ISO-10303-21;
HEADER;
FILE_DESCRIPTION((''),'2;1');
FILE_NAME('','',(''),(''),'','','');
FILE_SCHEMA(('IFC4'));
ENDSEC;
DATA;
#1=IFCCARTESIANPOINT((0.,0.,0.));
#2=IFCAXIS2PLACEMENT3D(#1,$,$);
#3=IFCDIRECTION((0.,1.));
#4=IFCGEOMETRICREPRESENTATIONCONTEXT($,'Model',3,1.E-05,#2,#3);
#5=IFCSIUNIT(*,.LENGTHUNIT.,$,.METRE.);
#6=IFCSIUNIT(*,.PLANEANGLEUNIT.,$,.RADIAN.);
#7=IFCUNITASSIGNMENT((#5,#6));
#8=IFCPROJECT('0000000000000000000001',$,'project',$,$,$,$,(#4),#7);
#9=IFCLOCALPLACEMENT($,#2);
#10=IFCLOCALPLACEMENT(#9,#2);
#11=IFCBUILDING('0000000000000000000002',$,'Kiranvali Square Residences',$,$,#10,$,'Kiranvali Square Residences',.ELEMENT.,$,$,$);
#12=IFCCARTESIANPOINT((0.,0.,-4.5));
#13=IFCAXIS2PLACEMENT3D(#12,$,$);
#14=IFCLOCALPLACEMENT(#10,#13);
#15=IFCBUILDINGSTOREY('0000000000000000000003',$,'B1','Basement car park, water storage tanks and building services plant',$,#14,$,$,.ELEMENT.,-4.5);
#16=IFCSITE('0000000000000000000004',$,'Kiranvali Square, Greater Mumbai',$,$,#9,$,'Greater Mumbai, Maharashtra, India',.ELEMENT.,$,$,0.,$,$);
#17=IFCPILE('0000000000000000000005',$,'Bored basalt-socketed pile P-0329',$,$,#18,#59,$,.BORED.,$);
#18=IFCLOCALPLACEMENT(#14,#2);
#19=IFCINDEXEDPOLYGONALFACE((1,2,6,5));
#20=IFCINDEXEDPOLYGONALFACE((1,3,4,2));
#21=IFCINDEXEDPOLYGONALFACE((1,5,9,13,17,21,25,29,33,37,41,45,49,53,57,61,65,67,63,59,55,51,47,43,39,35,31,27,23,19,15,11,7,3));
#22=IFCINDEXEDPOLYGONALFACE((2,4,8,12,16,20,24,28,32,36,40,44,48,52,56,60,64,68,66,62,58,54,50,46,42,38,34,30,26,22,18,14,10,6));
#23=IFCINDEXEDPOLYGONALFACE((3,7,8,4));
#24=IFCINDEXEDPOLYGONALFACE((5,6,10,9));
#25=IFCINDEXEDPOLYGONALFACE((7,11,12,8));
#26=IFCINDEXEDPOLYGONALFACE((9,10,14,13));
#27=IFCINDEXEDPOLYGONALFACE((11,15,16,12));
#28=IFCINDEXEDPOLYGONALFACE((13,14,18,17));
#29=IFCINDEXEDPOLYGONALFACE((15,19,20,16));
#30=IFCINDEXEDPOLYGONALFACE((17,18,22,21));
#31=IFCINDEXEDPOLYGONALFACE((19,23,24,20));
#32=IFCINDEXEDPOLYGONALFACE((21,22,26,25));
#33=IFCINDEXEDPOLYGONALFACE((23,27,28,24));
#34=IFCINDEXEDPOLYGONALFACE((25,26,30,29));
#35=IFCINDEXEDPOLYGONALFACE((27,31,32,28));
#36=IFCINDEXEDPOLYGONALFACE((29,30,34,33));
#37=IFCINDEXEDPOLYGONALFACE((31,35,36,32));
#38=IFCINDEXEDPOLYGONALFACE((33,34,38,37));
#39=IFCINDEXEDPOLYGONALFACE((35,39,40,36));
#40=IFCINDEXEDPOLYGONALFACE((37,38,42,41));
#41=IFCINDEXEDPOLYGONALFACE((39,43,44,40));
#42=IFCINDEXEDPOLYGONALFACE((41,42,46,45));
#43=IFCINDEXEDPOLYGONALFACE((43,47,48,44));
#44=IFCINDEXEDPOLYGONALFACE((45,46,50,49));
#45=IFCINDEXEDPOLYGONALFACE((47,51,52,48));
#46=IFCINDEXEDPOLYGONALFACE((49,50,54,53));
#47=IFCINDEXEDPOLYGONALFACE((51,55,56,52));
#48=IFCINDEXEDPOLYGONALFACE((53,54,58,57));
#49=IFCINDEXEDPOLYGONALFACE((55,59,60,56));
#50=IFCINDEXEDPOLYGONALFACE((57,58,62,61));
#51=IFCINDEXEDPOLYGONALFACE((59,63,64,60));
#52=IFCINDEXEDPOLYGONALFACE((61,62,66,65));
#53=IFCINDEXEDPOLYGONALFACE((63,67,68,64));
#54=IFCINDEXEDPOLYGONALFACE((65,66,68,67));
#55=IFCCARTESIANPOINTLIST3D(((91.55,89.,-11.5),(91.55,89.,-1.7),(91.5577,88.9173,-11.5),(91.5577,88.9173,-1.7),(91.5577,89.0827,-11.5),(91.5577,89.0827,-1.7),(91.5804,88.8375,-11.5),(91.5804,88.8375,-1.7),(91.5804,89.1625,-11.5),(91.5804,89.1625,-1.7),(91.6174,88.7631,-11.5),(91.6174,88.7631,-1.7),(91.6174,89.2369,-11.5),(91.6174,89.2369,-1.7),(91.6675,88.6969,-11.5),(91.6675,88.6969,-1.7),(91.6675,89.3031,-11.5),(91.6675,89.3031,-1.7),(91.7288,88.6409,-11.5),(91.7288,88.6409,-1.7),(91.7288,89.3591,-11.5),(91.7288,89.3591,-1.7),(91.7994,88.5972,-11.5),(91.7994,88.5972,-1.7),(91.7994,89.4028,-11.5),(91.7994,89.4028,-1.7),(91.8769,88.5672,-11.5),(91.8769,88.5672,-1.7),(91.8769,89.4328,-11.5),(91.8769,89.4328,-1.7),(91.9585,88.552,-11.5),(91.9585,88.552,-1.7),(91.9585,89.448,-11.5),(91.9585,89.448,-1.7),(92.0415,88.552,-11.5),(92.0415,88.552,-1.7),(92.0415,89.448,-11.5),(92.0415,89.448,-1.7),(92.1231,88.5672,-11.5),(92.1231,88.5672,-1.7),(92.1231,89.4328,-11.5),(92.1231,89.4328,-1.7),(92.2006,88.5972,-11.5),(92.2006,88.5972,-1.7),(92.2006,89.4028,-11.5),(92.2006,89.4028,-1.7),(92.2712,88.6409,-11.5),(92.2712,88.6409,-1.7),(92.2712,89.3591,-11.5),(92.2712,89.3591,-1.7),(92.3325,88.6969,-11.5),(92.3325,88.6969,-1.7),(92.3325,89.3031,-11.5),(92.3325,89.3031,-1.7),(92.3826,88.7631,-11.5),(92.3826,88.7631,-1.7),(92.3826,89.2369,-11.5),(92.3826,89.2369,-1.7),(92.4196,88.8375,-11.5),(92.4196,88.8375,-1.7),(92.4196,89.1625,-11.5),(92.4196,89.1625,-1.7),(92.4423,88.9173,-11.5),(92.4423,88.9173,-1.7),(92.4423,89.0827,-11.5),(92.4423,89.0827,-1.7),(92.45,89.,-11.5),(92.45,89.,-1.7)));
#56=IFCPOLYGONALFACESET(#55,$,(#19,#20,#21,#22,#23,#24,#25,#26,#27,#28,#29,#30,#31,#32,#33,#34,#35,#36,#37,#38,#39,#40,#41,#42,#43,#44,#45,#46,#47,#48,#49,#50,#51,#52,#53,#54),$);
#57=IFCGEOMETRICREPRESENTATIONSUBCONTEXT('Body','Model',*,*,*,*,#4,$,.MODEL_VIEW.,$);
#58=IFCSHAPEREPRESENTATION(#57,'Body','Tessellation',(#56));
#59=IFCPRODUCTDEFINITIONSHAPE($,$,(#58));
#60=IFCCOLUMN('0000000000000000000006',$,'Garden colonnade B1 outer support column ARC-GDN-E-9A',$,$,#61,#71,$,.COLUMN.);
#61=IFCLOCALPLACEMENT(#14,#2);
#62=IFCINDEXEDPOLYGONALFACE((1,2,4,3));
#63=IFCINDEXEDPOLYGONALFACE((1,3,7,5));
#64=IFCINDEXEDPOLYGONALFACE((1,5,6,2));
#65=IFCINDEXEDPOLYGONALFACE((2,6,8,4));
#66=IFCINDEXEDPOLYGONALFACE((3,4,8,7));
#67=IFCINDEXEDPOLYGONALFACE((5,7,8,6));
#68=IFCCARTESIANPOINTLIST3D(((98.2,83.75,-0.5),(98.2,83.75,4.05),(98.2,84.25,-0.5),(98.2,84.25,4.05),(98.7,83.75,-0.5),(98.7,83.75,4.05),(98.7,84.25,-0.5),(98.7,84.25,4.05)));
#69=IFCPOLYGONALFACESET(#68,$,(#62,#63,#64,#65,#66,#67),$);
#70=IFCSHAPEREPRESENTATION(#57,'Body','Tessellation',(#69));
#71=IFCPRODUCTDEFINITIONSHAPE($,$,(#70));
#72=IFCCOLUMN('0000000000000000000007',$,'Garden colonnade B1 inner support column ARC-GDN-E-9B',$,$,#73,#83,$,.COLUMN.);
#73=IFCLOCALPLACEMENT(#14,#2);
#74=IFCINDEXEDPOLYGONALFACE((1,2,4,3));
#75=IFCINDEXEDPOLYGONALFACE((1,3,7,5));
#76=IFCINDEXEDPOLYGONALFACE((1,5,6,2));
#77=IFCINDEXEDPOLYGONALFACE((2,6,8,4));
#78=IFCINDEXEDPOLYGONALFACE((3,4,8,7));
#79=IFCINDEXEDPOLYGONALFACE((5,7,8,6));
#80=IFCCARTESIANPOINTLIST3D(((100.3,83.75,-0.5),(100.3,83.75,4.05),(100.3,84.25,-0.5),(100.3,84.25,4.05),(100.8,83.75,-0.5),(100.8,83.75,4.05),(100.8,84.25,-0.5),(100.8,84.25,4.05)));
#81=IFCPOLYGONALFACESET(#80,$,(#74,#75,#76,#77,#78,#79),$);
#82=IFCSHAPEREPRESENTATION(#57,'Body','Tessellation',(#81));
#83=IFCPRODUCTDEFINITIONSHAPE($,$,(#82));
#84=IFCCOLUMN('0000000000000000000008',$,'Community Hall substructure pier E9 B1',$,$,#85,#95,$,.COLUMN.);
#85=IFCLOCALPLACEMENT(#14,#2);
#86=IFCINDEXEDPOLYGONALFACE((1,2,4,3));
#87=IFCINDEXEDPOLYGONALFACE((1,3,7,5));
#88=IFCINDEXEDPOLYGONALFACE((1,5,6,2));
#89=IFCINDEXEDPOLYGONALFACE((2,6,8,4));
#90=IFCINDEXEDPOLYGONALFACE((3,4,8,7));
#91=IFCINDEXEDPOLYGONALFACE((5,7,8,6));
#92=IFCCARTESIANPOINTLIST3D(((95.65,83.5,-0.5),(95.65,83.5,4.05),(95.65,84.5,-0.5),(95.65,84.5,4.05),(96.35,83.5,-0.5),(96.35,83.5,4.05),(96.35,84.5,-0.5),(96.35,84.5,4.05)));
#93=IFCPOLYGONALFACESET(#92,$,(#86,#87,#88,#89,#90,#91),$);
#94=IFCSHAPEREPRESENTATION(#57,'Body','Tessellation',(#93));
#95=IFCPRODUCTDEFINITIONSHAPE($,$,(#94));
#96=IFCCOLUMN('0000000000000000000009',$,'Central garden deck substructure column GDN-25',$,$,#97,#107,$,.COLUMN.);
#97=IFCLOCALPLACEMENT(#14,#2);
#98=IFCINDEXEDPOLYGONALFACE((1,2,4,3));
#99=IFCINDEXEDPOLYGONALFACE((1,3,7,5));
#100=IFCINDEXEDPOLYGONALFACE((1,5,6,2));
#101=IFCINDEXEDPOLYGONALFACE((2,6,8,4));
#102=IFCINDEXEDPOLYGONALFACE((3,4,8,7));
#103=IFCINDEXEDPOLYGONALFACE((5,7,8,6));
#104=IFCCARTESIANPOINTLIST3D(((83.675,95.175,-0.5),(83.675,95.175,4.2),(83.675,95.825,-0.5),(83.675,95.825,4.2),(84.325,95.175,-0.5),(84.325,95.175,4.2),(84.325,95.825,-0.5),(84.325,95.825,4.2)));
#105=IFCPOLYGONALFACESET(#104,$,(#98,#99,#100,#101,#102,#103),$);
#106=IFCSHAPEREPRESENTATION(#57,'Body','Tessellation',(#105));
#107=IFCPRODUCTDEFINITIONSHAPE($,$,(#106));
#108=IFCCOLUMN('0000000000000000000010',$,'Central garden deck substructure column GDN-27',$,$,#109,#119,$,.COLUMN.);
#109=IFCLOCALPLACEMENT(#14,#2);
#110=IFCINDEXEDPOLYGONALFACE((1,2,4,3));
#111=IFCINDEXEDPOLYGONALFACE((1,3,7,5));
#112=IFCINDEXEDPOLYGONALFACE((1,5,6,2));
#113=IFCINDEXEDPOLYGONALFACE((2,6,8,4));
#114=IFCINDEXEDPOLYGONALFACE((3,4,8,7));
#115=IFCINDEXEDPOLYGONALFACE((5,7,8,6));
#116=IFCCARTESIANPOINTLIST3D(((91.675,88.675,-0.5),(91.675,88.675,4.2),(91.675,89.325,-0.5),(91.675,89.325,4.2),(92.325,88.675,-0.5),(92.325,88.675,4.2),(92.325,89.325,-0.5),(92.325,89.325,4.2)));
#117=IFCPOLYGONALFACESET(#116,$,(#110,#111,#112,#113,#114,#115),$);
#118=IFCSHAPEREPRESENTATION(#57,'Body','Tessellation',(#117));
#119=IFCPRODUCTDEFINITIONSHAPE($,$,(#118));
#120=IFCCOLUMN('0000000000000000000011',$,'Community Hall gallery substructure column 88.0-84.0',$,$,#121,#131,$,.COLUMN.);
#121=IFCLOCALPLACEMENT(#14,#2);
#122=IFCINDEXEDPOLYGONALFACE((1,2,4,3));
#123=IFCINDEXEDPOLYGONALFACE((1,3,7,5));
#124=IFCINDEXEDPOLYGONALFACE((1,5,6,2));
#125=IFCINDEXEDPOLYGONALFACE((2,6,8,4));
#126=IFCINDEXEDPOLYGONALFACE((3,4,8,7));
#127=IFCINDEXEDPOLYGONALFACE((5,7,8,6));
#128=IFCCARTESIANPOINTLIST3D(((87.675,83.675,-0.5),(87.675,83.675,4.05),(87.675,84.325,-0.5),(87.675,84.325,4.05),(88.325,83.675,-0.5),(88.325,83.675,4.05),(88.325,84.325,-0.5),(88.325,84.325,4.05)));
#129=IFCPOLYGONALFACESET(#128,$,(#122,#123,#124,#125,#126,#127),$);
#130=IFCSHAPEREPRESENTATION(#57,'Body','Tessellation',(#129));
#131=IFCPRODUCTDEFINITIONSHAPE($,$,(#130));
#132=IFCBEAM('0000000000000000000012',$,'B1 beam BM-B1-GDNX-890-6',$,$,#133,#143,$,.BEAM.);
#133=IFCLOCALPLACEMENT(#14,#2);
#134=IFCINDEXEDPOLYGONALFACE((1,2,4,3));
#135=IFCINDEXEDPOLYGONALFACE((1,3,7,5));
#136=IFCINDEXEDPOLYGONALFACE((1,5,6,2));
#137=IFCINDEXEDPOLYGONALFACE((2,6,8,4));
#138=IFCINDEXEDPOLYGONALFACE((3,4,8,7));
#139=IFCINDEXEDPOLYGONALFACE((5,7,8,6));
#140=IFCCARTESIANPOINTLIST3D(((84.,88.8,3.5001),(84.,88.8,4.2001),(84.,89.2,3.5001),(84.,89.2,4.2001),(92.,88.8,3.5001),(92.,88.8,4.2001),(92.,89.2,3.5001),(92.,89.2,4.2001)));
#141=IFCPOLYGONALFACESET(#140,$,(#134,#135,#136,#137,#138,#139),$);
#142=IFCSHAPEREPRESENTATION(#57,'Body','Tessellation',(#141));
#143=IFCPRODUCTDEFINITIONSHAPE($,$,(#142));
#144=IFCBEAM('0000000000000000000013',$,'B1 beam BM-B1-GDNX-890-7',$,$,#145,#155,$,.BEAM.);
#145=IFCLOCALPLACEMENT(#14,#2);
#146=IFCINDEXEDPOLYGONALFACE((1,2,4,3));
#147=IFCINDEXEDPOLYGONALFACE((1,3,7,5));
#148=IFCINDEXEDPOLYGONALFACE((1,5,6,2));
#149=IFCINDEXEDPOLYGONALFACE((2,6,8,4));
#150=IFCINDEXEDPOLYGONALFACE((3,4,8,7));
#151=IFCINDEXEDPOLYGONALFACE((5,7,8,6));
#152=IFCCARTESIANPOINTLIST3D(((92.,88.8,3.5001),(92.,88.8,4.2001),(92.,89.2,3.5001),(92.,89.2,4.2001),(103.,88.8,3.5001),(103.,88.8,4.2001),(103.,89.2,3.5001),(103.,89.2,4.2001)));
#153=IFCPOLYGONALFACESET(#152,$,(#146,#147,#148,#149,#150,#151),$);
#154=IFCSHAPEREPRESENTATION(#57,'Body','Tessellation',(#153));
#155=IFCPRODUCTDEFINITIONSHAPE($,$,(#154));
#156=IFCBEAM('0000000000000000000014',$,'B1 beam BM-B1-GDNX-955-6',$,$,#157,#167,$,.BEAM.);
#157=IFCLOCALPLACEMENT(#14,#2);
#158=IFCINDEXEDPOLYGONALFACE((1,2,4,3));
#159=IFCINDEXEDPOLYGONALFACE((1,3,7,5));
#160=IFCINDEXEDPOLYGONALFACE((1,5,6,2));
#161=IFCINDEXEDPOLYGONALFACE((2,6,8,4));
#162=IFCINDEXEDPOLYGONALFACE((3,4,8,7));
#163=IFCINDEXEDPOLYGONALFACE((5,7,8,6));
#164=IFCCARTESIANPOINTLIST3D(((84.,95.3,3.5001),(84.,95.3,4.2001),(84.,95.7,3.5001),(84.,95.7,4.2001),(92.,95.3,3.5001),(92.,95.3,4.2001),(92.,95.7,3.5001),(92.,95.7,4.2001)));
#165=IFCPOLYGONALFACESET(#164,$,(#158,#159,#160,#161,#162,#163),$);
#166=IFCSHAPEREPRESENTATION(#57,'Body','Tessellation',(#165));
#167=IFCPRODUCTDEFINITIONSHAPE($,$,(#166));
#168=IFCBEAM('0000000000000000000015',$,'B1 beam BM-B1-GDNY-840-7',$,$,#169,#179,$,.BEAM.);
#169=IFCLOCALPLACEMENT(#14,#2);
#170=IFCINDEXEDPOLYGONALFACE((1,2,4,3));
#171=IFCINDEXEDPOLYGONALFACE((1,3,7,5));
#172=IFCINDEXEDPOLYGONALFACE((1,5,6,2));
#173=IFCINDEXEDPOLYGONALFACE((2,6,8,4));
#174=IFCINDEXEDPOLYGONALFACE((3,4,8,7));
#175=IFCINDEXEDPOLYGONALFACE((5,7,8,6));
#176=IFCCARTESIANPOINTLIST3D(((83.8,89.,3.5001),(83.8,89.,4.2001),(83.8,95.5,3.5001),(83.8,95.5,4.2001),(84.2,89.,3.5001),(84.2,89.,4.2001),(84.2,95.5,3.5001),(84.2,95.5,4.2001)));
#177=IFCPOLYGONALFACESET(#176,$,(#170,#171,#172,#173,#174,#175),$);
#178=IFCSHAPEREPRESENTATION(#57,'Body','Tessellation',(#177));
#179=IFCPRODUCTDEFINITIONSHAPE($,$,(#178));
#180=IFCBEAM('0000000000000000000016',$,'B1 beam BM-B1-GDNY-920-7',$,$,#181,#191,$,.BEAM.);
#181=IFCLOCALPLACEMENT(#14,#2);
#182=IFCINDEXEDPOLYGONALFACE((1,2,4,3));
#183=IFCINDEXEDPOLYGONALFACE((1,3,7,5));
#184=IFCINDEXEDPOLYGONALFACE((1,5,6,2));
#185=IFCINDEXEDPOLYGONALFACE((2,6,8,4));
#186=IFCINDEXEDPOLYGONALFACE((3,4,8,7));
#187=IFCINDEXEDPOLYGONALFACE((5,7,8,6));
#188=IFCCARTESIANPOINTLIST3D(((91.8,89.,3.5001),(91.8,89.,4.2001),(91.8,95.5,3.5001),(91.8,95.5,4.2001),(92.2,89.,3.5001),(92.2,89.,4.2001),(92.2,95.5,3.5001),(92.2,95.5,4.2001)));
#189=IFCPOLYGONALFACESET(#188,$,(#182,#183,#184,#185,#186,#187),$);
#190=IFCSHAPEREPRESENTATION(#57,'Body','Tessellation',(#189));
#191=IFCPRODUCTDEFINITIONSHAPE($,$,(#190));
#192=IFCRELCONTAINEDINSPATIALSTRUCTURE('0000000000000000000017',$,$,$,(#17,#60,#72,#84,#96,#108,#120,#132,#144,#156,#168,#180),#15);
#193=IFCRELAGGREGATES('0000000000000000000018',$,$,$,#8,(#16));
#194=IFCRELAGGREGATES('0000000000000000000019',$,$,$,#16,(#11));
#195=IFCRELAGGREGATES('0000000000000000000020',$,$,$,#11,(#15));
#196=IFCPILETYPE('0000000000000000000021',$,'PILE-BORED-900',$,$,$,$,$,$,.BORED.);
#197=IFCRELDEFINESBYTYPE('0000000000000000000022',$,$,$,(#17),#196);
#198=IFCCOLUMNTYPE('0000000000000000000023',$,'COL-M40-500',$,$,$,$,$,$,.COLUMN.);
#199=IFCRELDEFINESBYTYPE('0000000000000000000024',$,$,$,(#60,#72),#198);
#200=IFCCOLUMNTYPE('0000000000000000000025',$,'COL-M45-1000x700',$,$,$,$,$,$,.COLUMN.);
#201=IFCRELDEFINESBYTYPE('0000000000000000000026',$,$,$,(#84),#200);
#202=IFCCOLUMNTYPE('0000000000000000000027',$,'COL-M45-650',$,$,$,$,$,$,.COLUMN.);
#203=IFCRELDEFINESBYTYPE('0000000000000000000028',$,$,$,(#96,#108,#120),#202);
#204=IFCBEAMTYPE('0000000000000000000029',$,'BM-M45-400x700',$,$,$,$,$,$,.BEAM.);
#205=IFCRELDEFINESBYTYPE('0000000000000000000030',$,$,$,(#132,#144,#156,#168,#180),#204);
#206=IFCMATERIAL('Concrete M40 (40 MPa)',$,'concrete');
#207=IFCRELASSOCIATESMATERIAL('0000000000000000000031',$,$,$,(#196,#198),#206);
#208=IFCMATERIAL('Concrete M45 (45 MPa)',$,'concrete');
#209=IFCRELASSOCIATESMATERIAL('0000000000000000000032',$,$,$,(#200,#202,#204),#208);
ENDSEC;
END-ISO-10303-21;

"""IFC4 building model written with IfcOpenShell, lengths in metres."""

from ifc_helpers import new_model, si_unit, direction, frame, origin, origin_2d, place, context, subcontext, project, spatial, rectangle, circle, extrude, material, material_profile, profile_set, type_object, element, save


model = new_model("IFC4")

# Units and contexts
model_context = context("Model", 3, precision=1e-05, world=origin(), true_north=direction((0.0, 1.0)))
body_context = subcontext(model_context, "Body", "Model", "MODEL_VIEW")
ifc_project = project(units=[si_unit("LENGTHUNIT", "METRE"), si_unit("PLANEANGLEUNIT", "RADIAN")], contexts=[model_context])

# Site, building, storey
site_placement = place(None, origin())
site = spatial("IfcSite", under=ifc_project, at=site_placement, Name="Kiranvali Square, Greater Mumbai", LongName="Greater Mumbai, Maharashtra, India", CompositionType="ELEMENT", RefElevation=0.0)
building_placement = place(site_placement, origin())
building = spatial("IfcBuilding", under=site, at=building_placement, Name="Kiranvali Square Residences", LongName="Kiranvali Square Residences", CompositionType="ELEMENT")
storey_placement = place(building_placement, frame((0.0, 0.0, -4.5)))
storey = spatial("IfcBuildingStorey", under=building, at=storey_placement, Name="B1", Description="Basement car park, water storage tanks and building services plant", CompositionType="ELEMENT", Elevation=-4.5)

# Shared definitions
ifc_material_1 = material(Name="Concrete M40 (40 MPa)", Category="concrete")

# Pile
ifc_material_profile_1 = material_profile(ifc_material_1, circle(Radius=0.45, at=origin_2d()), Name="BORED PILE 900")
ifc_profile_set_1 = profile_set([ifc_material_profile_1], Name="Concrete M40 (40 MPa)")
pile_type_1 = type_object("IfcPileType", Name="PILE-BORED-900", PredefinedType="BORED", material=ifc_profile_set_1)
pile_1_placement = place(storey_placement, frame((92.0, 89.0, -1.7), z_axis=(0.0, 0.0, -1.0), x_axis=(1.0, 0.0, 0.0)))
element("IfcPile", 1, at=pile_1_placement, inside=storey, type_object=pile_type_1, Name="Bored basalt-socketed pile P-0329", PredefinedType="BORED", context=body_context, shape_type="SweptSolid", body=[
    extrude(circle(Radius=0.45, at=origin_2d()), origin(), (0.0, 0.0, 1.0), 9.8),
])

# Columns
ifc_material_profile_2 = material_profile(ifc_material_1, rectangle(XDim=0.5, YDim=0.5, at=origin_2d()), Name="RC 500x500")
ifc_profile_set_2 = profile_set([ifc_material_profile_2], Name="Concrete M40 (40 MPa)")
column_type_1 = type_object("IfcColumnType", Name="COL-M40-500", PredefinedType="COLUMN", material=ifc_profile_set_2)
for number, where, z_axis, x_axis, name in (
    (2, (98.45, 84.0, -0.5), (0.0, 0.0, 1.0), (1.0, 0.0, 0.0), "Garden colonnade B1 outer support column ARC-GDN-E-9A"),
    (3, (100.55, 84.0, -0.5), (0.0, 0.0, 1.0), (1.0, 0.0, 0.0), "Garden colonnade B1 inner support column ARC-GDN-E-9B"),
):
    element("IfcColumn", number, at=place(storey_placement, frame(where, z_axis=z_axis, x_axis=x_axis)), inside=storey, type_object=column_type_1, Name=name, PredefinedType="COLUMN", context=body_context, shape_type="SweptSolid", body=[
        extrude(rectangle(XDim=0.5, YDim=0.5, at=origin_2d()), origin(), (0.0, 0.0, 1.0), 4.55),
    ])
ifc_material_2 = material(Name="Concrete M45 (45 MPa)", Category="concrete")
ifc_material_profile_3 = material_profile(ifc_material_2, rectangle(XDim=0.7, YDim=1.0, at=origin_2d()), Name="RC 1000x700")
ifc_profile_set_3 = profile_set([ifc_material_profile_3], Name="Concrete M45 (45 MPa)")
column_type_2 = type_object("IfcColumnType", Name="COL-M45-1000x700", PredefinedType="COLUMN", material=ifc_profile_set_3)
column_1_placement = place(storey_placement, frame((96.0, 84.0, -0.5), z_axis=(0.0, 0.0, 1.0), x_axis=(1.0, 0.0, 0.0)))
element("IfcColumn", 4, at=column_1_placement, inside=storey, type_object=column_type_2, Name="Community Hall substructure pier E9 B1", PredefinedType="COLUMN", context=body_context, shape_type="SweptSolid", body=[
    extrude(rectangle(XDim=0.7, YDim=1.0, at=origin_2d()), origin(), (0.0, 0.0, 1.0), 4.55),
])
ifc_material_profile_4 = material_profile(ifc_material_2, rectangle(XDim=0.6499, YDim=0.6499, at=origin_2d()), Name="RC 650x650")
ifc_profile_set_4 = profile_set([ifc_material_profile_4], Name="Concrete M45 (45 MPa)")
column_type_3 = type_object("IfcColumnType", Name="COL-M45-650", PredefinedType="COLUMN", material=ifc_profile_set_4)
for number, where, z_axis, x_axis, name in (
    (5, (84.0, 95.5, -0.5), (0.0, 0.0, 1.0), (1.0, 0.0, 0.0), "Central garden deck substructure column GDN-25"),
    (6, (92.0, 89.0, -0.5), (0.0, 0.0, 1.0), (1.0, 0.0, 0.0), "Central garden deck substructure column GDN-27"),
):
    element("IfcColumn", number, at=place(storey_placement, frame(where, z_axis=z_axis, x_axis=x_axis)), inside=storey, type_object=column_type_3, Name=name, PredefinedType="COLUMN", context=body_context, shape_type="SweptSolid", body=[
        extrude(rectangle(XDim=0.6499, YDim=0.6499, at=origin_2d()), origin(), (0.0, 0.0, 1.0), 4.7),
    ])
column_2_placement = place(storey_placement, frame((88.0, 84.0, -0.5), z_axis=(0.0, 0.0, 1.0), x_axis=(1.0, 0.0, 0.0)))
element("IfcColumn", 7, at=column_2_placement, inside=storey, type_object=column_type_3, Name="Community Hall gallery substructure column 88.0-84.0", PredefinedType="COLUMN", context=body_context, shape_type="SweptSolid", body=[
    extrude(rectangle(XDim=0.6499, YDim=0.6499, at=origin_2d()), origin(), (0.0, 0.0, 1.0), 4.55),
])

# Beams
ifc_material_profile_5 = material_profile(ifc_material_2, rectangle(XDim=0.3999, YDim=0.7, at=origin_2d()), Name="RC 400x700")
ifc_profile_set_5 = profile_set([ifc_material_profile_5], Name="Concrete M45 (45 MPa)")
beam_type = type_object("IfcBeamType", Name="BM-M45-400x700", PredefinedType="BEAM", material=ifc_profile_set_5)
beam_1_placement = place(storey_placement, frame((84.0, 89.0, 3.8501), z_axis=(1.0, 0.0, 0.0), x_axis=(0.0, 1.0, 0.0)))
element("IfcBeam", 8, at=beam_1_placement, inside=storey, type_object=beam_type, Name="B1 beam BM-B1-GDNX-890-6", PredefinedType="BEAM", context=body_context, shape_type="SweptSolid", body=[
    extrude(rectangle(XDim=0.3999, YDim=0.7, at=origin_2d()), origin(), (0.0, 0.0, 1.0), 8.0),
])
beam_2_placement = place(storey_placement, frame((92.0, 89.0, 3.8501), z_axis=(1.0, 0.0, 0.0), x_axis=(0.0, 1.0, 0.0)))
element("IfcBeam", 9, at=beam_2_placement, inside=storey, type_object=beam_type, Name="B1 beam BM-B1-GDNX-890-7", PredefinedType="BEAM", context=body_context, shape_type="SweptSolid", body=[
    extrude(rectangle(XDim=0.3999, YDim=0.7, at=origin_2d()), origin(), (0.0, 0.0, 1.0), 11.0),
])
beam_3_placement = place(storey_placement, frame((84.0, 95.5, 3.8501), z_axis=(1.0, 0.0, 0.0), x_axis=(0.0, 1.0, 0.0)))
element("IfcBeam", 10, at=beam_3_placement, inside=storey, type_object=beam_type, Name="B1 beam BM-B1-GDNX-955-6", PredefinedType="BEAM", context=body_context, shape_type="SweptSolid", body=[
    extrude(rectangle(XDim=0.3999, YDim=0.7, at=origin_2d()), origin(), (0.0, 0.0, 1.0), 8.0),
])
for number, where, z_axis, x_axis, name in (
    (11, (84.0, 89.0, 3.8501), (0.0, 1.0, 0.0), (-1.0, 0.0, 0.0), "B1 beam BM-B1-GDNY-840-7"),
    (12, (92.0, 89.0, 3.8501), (0.0, 1.0, 0.0), (-1.0, 0.0, 0.0), "B1 beam BM-B1-GDNY-920-7"),
):
    element("IfcBeam", number, at=place(storey_placement, frame(where, z_axis=z_axis, x_axis=x_axis)), inside=storey, type_object=beam_type, Name=name, PredefinedType="BEAM", context=body_context, shape_type="SweptSolid", body=[
        extrude(rectangle(XDim=0.3999, YDim=0.7, at=origin_2d()), origin(), (0.0, 0.0, 1.0), 6.5),
    ])

save(model, "model.ifc")
